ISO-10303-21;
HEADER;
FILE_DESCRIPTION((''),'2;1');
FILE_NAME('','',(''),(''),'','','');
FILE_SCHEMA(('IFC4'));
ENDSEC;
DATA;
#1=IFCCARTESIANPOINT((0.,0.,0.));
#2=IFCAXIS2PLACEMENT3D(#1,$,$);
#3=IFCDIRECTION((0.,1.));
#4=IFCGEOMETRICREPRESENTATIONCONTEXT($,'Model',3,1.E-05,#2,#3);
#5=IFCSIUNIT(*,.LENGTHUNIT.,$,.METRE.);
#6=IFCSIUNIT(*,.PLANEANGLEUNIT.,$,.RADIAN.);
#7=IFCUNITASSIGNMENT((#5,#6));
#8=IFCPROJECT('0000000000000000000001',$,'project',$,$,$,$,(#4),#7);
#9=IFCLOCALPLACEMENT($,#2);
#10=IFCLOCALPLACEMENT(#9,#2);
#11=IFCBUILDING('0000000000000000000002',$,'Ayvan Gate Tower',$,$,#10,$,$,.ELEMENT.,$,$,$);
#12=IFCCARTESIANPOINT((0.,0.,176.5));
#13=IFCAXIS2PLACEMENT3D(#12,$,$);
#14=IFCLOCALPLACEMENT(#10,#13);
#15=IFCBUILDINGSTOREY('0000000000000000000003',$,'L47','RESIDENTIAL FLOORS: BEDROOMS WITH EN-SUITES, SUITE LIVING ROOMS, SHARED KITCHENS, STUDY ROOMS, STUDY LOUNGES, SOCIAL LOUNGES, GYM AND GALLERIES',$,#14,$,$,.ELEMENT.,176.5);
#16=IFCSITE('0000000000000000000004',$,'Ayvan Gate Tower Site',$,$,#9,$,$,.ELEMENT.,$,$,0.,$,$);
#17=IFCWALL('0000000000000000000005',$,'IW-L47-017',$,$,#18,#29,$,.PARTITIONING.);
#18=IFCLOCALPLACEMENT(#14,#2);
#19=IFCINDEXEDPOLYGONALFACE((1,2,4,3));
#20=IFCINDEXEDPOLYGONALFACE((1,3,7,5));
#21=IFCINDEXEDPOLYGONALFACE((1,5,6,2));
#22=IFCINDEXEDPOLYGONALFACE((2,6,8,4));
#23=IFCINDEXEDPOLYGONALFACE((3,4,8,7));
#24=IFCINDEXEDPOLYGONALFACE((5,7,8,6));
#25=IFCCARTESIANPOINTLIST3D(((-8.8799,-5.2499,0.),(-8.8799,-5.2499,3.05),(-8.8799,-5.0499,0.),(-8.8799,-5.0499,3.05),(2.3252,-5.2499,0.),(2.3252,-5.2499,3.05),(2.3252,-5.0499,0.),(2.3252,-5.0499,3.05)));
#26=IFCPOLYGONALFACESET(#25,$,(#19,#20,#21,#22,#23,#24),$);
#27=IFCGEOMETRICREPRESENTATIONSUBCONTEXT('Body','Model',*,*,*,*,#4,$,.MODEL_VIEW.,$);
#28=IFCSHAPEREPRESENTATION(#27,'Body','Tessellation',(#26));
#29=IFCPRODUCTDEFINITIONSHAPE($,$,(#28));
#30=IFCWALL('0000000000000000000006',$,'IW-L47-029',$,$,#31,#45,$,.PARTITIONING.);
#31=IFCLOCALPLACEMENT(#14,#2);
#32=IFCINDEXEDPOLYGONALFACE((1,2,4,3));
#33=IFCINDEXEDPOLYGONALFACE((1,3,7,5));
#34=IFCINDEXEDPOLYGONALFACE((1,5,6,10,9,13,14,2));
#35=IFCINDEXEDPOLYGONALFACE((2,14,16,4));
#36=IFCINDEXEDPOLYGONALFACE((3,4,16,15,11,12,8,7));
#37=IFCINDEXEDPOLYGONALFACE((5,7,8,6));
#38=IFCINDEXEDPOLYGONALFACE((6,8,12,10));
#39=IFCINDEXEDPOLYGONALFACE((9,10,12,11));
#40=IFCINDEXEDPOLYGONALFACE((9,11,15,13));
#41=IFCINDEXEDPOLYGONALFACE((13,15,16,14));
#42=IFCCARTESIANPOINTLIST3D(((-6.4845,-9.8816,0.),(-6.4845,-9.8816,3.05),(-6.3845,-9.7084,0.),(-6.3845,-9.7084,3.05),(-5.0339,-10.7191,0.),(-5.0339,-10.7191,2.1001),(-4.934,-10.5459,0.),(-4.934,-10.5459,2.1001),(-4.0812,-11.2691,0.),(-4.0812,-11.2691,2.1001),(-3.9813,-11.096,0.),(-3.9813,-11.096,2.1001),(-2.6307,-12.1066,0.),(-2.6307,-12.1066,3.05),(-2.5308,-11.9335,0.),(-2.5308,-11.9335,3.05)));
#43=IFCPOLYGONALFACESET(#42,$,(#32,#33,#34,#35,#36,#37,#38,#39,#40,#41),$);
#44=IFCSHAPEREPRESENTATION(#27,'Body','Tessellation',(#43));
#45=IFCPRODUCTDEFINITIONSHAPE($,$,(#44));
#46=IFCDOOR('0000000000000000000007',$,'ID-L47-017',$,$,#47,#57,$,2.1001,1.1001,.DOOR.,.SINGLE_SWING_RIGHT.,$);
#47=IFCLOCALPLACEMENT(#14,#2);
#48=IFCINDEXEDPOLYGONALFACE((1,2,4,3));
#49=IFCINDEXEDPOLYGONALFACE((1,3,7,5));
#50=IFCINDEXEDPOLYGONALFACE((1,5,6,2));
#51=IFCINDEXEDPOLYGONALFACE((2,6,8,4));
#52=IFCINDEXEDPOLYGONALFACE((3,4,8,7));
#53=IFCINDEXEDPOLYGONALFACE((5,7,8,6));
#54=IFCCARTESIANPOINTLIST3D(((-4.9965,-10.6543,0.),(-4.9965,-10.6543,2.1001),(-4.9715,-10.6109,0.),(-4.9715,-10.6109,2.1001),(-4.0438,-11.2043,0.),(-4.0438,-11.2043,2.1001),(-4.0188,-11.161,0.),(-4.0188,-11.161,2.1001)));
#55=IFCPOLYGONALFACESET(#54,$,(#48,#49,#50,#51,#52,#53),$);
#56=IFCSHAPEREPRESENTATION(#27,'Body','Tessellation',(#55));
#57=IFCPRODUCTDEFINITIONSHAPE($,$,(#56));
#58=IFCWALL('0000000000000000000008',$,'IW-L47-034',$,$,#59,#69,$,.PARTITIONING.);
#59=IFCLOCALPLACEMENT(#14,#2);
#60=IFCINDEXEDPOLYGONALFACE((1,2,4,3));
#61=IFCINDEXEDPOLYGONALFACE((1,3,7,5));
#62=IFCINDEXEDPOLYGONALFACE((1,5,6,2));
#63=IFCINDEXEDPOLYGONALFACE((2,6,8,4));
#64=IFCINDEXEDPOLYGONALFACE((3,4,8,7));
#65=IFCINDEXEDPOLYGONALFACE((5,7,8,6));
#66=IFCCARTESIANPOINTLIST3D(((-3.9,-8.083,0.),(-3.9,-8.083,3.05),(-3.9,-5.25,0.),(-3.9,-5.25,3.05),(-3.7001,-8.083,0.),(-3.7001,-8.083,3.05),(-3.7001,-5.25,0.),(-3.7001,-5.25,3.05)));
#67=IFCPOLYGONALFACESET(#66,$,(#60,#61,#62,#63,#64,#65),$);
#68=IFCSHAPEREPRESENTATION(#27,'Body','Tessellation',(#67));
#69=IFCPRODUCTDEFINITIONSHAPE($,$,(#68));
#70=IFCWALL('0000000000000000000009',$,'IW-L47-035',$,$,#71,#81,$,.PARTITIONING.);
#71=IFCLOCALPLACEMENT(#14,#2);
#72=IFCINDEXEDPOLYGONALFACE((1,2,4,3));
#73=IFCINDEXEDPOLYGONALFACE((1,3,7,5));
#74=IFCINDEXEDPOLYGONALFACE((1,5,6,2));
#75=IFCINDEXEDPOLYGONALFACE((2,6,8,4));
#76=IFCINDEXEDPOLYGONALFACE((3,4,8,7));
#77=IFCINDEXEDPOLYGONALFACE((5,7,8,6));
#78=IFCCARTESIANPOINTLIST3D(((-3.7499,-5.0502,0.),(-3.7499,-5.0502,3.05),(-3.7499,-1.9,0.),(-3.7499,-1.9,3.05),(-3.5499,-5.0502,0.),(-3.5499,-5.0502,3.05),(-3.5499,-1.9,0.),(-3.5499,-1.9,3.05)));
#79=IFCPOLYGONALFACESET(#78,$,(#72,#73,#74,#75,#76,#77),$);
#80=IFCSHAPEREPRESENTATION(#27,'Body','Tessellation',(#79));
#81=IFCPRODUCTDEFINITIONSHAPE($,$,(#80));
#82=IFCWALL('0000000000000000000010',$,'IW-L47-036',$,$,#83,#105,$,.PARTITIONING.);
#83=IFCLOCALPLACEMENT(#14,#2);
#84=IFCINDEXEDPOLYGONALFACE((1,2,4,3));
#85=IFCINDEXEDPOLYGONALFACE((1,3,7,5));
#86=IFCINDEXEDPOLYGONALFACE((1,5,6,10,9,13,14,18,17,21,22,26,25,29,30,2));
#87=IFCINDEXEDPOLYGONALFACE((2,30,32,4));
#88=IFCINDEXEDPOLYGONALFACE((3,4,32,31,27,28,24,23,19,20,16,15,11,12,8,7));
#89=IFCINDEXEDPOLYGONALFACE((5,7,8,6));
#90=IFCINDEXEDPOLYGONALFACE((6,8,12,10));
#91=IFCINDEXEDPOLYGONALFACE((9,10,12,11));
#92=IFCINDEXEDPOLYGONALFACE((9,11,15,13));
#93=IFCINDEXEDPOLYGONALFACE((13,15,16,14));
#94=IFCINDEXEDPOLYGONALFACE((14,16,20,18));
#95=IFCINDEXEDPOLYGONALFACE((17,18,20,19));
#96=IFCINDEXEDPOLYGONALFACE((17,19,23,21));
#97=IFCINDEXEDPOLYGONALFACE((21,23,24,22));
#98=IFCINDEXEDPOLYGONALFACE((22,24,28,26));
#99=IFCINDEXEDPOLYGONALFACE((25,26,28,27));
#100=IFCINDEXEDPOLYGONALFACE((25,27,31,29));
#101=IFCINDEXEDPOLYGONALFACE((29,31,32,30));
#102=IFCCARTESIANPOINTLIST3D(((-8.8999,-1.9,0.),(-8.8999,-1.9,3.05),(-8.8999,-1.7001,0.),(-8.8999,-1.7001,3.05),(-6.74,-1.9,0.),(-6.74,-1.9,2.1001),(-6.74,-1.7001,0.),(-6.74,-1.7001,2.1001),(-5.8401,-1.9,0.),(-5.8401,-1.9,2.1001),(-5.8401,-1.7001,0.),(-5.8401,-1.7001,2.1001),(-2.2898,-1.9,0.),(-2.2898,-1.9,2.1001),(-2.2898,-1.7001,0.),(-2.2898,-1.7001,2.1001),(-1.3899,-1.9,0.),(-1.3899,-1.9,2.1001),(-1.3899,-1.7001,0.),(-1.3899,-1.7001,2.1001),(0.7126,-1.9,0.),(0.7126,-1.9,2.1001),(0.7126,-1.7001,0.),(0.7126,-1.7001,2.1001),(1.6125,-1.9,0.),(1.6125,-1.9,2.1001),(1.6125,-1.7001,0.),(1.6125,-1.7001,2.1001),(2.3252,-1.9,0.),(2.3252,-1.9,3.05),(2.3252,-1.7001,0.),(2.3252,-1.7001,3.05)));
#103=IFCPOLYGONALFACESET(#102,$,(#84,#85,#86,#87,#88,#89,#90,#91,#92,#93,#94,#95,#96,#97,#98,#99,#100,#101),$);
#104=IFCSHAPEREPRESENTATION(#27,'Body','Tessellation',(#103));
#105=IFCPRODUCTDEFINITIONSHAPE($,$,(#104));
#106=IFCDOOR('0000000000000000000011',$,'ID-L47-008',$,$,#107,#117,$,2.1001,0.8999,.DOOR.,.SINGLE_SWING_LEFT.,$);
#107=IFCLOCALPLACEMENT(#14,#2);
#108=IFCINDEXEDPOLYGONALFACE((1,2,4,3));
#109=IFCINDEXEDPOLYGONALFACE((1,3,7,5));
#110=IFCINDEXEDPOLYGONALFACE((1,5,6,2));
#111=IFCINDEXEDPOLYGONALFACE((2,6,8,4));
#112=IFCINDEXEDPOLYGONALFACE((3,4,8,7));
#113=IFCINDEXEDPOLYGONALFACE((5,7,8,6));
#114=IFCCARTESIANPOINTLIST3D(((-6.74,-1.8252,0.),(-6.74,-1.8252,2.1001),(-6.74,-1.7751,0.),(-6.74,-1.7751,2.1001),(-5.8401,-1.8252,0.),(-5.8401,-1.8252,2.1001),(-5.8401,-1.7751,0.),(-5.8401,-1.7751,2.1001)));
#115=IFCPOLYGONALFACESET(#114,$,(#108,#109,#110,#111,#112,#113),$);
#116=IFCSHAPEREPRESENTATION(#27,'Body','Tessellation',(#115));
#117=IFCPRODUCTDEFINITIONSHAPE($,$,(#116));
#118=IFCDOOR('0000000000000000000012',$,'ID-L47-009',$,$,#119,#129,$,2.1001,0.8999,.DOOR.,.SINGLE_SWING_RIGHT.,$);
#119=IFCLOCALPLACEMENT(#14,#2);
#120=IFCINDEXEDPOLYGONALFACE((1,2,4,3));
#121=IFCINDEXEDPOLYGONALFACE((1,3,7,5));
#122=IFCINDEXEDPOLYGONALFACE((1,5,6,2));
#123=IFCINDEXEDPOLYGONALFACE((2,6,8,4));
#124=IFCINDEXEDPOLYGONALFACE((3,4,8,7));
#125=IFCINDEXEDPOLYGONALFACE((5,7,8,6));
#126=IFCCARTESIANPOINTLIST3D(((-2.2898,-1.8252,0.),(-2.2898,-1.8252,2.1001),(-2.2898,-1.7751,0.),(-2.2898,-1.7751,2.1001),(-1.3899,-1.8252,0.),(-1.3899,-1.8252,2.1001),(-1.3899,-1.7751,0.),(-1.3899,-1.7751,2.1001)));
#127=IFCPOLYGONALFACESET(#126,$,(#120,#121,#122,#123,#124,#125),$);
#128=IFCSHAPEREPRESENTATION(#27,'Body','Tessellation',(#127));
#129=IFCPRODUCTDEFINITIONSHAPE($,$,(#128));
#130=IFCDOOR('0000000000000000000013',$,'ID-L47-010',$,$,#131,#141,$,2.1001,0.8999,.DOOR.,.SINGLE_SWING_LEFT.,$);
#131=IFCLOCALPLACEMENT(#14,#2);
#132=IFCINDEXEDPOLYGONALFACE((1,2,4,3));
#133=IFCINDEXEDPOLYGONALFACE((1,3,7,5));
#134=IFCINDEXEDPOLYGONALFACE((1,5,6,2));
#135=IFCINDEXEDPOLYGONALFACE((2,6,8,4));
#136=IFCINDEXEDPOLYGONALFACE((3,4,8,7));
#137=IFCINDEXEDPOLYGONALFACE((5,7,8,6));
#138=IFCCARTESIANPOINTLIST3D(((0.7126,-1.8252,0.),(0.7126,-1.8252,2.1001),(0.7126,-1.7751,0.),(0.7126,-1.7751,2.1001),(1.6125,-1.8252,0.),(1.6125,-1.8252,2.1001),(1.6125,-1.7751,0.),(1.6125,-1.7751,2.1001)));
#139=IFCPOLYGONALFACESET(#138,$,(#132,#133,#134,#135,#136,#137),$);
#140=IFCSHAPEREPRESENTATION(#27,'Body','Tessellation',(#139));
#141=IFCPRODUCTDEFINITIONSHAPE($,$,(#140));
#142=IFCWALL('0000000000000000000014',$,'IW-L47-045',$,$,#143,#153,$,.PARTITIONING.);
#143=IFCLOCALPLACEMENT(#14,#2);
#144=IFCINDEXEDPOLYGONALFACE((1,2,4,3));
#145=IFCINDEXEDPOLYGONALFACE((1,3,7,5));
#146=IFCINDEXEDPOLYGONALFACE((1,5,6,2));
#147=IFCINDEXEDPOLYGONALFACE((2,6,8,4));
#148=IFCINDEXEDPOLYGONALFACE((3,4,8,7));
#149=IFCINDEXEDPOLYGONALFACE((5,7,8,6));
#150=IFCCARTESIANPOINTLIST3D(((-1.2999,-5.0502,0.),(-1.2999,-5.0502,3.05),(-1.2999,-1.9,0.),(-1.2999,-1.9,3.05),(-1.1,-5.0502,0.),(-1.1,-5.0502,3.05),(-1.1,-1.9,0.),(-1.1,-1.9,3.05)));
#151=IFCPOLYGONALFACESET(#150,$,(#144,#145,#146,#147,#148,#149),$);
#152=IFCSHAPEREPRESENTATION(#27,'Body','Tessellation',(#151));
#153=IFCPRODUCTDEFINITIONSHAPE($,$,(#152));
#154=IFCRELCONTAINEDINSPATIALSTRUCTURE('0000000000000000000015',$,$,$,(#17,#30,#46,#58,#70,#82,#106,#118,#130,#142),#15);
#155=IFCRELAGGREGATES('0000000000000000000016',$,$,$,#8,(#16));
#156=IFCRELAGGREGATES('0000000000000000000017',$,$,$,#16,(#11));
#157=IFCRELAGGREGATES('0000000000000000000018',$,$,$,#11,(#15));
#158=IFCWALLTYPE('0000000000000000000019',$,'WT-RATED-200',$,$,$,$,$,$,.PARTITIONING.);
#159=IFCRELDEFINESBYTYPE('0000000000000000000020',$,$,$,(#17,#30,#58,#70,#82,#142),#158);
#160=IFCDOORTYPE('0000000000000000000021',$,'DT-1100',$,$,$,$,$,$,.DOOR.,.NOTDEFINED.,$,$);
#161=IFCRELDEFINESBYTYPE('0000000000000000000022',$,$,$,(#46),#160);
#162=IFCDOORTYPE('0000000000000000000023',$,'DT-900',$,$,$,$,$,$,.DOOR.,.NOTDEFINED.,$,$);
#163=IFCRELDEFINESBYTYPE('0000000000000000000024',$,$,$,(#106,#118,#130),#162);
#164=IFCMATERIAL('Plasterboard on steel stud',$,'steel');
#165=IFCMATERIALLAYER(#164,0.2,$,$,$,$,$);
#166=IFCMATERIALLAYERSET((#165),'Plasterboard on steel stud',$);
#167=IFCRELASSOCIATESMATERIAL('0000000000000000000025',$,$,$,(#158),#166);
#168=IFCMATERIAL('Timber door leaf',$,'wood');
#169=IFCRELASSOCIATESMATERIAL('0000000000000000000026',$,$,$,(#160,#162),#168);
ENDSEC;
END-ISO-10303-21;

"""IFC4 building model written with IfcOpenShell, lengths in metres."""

from ifc_helpers import new_model, si_unit, direction, frame, frame_2d, origin, place, context, subcontext, project, spatial, rectangle, extrude, material, layer, layer_set, type_object, element, fill, save


model = new_model("IFC4")

# Units and contexts
model_context = context("Model", 3, precision=1e-05, world=origin(), true_north=direction((0.0, 1.0)))
body_context = subcontext(model_context, "Body", "Model", "MODEL_VIEW")
ifc_project = project(units=[si_unit("LENGTHUNIT", "METRE"), si_unit("PLANEANGLEUNIT", "RADIAN")], contexts=[model_context])

# Site, building, storey
site_placement = place(None, origin())
site = spatial("IfcSite", under=ifc_project, at=site_placement, Name="Ayvan Gate Tower Site", CompositionType="ELEMENT", RefElevation=0.0)
building_placement = place(site_placement, origin())
building = spatial("IfcBuilding", under=site, at=building_placement, Name="Ayvan Gate Tower", CompositionType="ELEMENT")
storey_placement = place(building_placement, frame((0.0, 0.0, 176.5)))
storey = spatial("IfcBuildingStorey", under=building, at=storey_placement, Name="L47", Description="RESIDENTIAL FLOORS: BEDROOMS WITH EN-SUITES, SUITE LIVING ROOMS, SHARED KITCHENS, STUDY ROOMS, STUDY LOUNGES, SOCIAL LOUNGES, GYM AND GALLERIES", CompositionType="ELEMENT", Elevation=176.5)

# Wall
ifc_material_1 = material(Name="Plasterboard on steel stud", Category="steel")
ifc_layer_1 = layer(ifc_material_1, 0.2)
ifc_layer_set_1 = layer_set([ifc_layer_1], Name="Plasterboard on steel stud")
wall_type_1 = type_object("IfcWallType", Name="WT-RATED-200", PredefinedType="PARTITIONING", material=ifc_layer_set_1)
wall_1_placement = place(storey_placement, frame((-8.8799, -5.1499, 0.0), z_axis=(0.0, 0.0, 1.0), x_axis=(1.0, 0.0, 0.0)))
element("IfcWall", 1, at=wall_1_placement, inside=storey, type_object=wall_type_1, Name="IW-L47-017", PredefinedType="PARTITIONING", context=body_context, shape_type="SweptSolid", body=[
    extrude(rectangle(XDim=11.2051, YDim=0.2, at=frame_2d((5.6025, 0.0))), origin(), (0.0, 0.0, 1.0), 3.05),
])

# Wall, opening, door
wall_2_placement = place(storey_placement, frame((-6.4346, -9.7949, 0.0), z_axis=(0.0, 0.0, 1.0), x_axis=(0.866013, -0.500022, 0.0)))
wall_2 = element("IfcWall", 2, at=wall_2_placement, inside=storey, type_object=wall_type_1, Name="IW-L47-029", PredefinedType="PARTITIONING", context=body_context, shape_type="SweptSolid", body=[
    extrude(rectangle(XDim=4.45, YDim=0.2, at=frame_2d((2.2251, 0.0))), origin(), (0.0, 0.0, 1.0), 3.05),
])
opening_1_placement = place(wall_2_placement, frame((1.675, 0.0, 0.0)))
opening_1 = element("IfcOpeningElement", 3, at=opening_1_placement, cuts=wall_2, PredefinedType="OPENING", context=body_context, shape_type="SweptSolid", body=[
    extrude(rectangle(XDim=1.1001, YDim=2.1001, at=frame_2d((0.55, 1.05))), frame((0.0, 0.1099, 0.0), z_axis=(0.0, -1.0, 0.0), x_axis=(1.0, 0.0, 0.0)), (0.0, 0.0, 1.0), 0.22),
])
ifc_material_2 = material(Name="Timber door leaf", Category="wood")
door_type_1 = type_object("IfcDoorType", Name="DT-1100", OperationType="NOTDEFINED", PredefinedType="DOOR", material=ifc_material_2)
door_1_placement = place(opening_1_placement, origin())
door_1 = element("IfcDoor", 4, at=door_1_placement, inside=storey, type_object=door_type_1, Name="ID-L47-017", OperationType="SINGLE_SWING_RIGHT", OverallHeight=2.1001, OverallWidth=1.1001, PredefinedType="DOOR", context=body_context, shape_type="SweptSolid", body=[
    extrude(rectangle(XDim=1.1001, YDim=2.1001, at=frame_2d((0.55, 1.05))), frame((0.0, 0.0249, 0.0), z_axis=(0.0, -1.0, 0.0), x_axis=(1.0, 0.0, 0.0)), (0.0, 0.0, 1.0), 0.05),
])
fill(opening_1, door_1)

# Walls
wall_3_placement = place(storey_placement, frame((-3.8, -5.25, 0.0), z_axis=(0.0, 0.0, 1.0), x_axis=(0.0, -1.0, 0.0)))
element("IfcWall", 5, at=wall_3_placement, inside=storey, type_object=wall_type_1, Name="IW-L47-034", PredefinedType="PARTITIONING", context=body_context, shape_type="SweptSolid", body=[
    extrude(rectangle(XDim=2.833, YDim=0.2, at=frame_2d((1.4165, 0.0))), origin(), (0.0, 0.0, 1.0), 3.05),
])
wall_4_placement = place(storey_placement, frame((-3.6499, -1.8999, 0.0), z_axis=(0.0, 0.0, 1.0), x_axis=(0.0, -1.0, 0.0)))
element("IfcWall", 6, at=wall_4_placement, inside=storey, type_object=wall_type_1, Name="IW-L47-035", PredefinedType="PARTITIONING", context=body_context, shape_type="SweptSolid", body=[
    extrude(rectangle(XDim=3.1501, YDim=0.2, at=frame_2d((1.5752, 0.0))), origin(), (0.0, 0.0, 1.0), 3.05),
])

# Wall, openings, doors
wall_5_placement = place(storey_placement, frame((-8.8999, -1.8, 0.0), z_axis=(0.0, 0.0, 1.0), x_axis=(1.0, 0.0, 0.0)))
wall_5 = element("IfcWall", 7, at=wall_5_placement, inside=storey, type_object=wall_type_1, Name="IW-L47-036", PredefinedType="PARTITIONING", context=body_context, shape_type="SweptSolid", body=[
    extrude(rectangle(XDim=11.2251, YDim=0.2, at=frame_2d((5.6125, 0.0))), origin(), (0.0, 0.0, 1.0), 3.05),
])
opening_2_placement = place(wall_5_placement, frame((2.1599, 0.0, 0.0)))
opening_2 = element("IfcOpeningElement", 8, at=opening_2_placement, cuts=wall_5, PredefinedType="OPENING", context=body_context, shape_type="SweptSolid", body=[
    extrude(rectangle(XDim=0.8999, YDim=2.1001, at=frame_2d((0.45, 1.05))), frame((0.0, 0.1099, 0.0), z_axis=(0.0, -1.0, 0.0), x_axis=(1.0, 0.0, 0.0)), (0.0, 0.0, 1.0), 0.22),
])
opening_3_placement = place(wall_5_placement, frame((6.6101, 0.0, 0.0)))
opening_3 = element("IfcOpeningElement", 9, at=opening_3_placement, cuts=wall_5, PredefinedType="OPENING", context=body_context, shape_type="SweptSolid", body=[
    extrude(rectangle(XDim=0.8999, YDim=2.1001, at=frame_2d((0.45, 1.05))), frame((0.0, 0.1099, 0.0), z_axis=(0.0, -1.0, 0.0), x_axis=(1.0, 0.0, 0.0)), (0.0, 0.0, 1.0), 0.22),
])
opening_4_placement = place(wall_5_placement, frame((9.6125, 0.0, 0.0)))
opening_4 = element("IfcOpeningElement", 10, at=opening_4_placement, cuts=wall_5, PredefinedType="OPENING", context=body_context, shape_type="SweptSolid", body=[
    extrude(rectangle(XDim=0.8999, YDim=2.1001, at=frame_2d((0.45, 1.05))), frame((0.0, 0.1099, 0.0), z_axis=(0.0, -1.0, 0.0), x_axis=(1.0, 0.0, 0.0)), (0.0, 0.0, 1.0), 0.22),
])
door_type_2 = type_object("IfcDoorType", Name="DT-900", OperationType="NOTDEFINED", PredefinedType="DOOR", material=ifc_material_2)
door_2_placement = place(opening_2_placement, origin())
door_2 = element("IfcDoor", 11, at=door_2_placement, inside=storey, type_object=door_type_2, Name="ID-L47-008", OperationType="SINGLE_SWING_LEFT", OverallHeight=2.1001, OverallWidth=0.8999, PredefinedType="DOOR", context=body_context, shape_type="SweptSolid", body=[
    extrude(rectangle(XDim=0.8999, YDim=2.1001, at=frame_2d((0.45, 1.05))), frame((0.0, 0.0249, 0.0), z_axis=(0.0, -1.0, 0.0), x_axis=(1.0, 0.0, 0.0)), (0.0, 0.0, 1.0), 0.05),
])
fill(opening_2, door_2)
door_3_placement = place(opening_3_placement, origin())
door_3 = element("IfcDoor", 12, at=door_3_placement, inside=storey, type_object=door_type_2, Name="ID-L47-009", OperationType="SINGLE_SWING_RIGHT", OverallHeight=2.1001, OverallWidth=0.8999, PredefinedType="DOOR", context=body_context, shape_type="SweptSolid", body=[
    extrude(rectangle(XDim=0.8999, YDim=2.1001, at=frame_2d((0.45, 1.05))), frame((0.0, 0.0249, 0.0), z_axis=(0.0, -1.0, 0.0), x_axis=(1.0, 0.0, 0.0)), (0.0, 0.0, 1.0), 0.05),
])
fill(opening_3, door_3)
door_4_placement = place(opening_4_placement, origin())
door_4 = element("IfcDoor", 13, at=door_4_placement, inside=storey, type_object=door_type_2, Name="ID-L47-010", OperationType="SINGLE_SWING_LEFT", OverallHeight=2.1001, OverallWidth=0.8999, PredefinedType="DOOR", context=body_context, shape_type="SweptSolid", body=[
    extrude(rectangle(XDim=0.8999, YDim=2.1001, at=frame_2d((0.45, 1.05))), frame((0.0, 0.0249, 0.0), z_axis=(0.0, -1.0, 0.0), x_axis=(1.0, 0.0, 0.0)), (0.0, 0.0, 1.0), 0.05),
])
fill(opening_4, door_4)

# Wall
wall_6_placement = place(storey_placement, frame((-1.2, -1.8999, 0.0), z_axis=(0.0, 0.0, 1.0), x_axis=(0.0, -1.0, 0.0)))
element("IfcWall", 14, at=wall_6_placement, inside=storey, type_object=wall_type_1, Name="IW-L47-045", PredefinedType="PARTITIONING", context=body_context, shape_type="SweptSolid", body=[
    extrude(rectangle(XDim=3.1501, YDim=0.2, at=frame_2d((1.5752, 0.0))), origin(), (0.0, 0.0, 1.0), 3.05),
])

save(model, "model.ifc")
